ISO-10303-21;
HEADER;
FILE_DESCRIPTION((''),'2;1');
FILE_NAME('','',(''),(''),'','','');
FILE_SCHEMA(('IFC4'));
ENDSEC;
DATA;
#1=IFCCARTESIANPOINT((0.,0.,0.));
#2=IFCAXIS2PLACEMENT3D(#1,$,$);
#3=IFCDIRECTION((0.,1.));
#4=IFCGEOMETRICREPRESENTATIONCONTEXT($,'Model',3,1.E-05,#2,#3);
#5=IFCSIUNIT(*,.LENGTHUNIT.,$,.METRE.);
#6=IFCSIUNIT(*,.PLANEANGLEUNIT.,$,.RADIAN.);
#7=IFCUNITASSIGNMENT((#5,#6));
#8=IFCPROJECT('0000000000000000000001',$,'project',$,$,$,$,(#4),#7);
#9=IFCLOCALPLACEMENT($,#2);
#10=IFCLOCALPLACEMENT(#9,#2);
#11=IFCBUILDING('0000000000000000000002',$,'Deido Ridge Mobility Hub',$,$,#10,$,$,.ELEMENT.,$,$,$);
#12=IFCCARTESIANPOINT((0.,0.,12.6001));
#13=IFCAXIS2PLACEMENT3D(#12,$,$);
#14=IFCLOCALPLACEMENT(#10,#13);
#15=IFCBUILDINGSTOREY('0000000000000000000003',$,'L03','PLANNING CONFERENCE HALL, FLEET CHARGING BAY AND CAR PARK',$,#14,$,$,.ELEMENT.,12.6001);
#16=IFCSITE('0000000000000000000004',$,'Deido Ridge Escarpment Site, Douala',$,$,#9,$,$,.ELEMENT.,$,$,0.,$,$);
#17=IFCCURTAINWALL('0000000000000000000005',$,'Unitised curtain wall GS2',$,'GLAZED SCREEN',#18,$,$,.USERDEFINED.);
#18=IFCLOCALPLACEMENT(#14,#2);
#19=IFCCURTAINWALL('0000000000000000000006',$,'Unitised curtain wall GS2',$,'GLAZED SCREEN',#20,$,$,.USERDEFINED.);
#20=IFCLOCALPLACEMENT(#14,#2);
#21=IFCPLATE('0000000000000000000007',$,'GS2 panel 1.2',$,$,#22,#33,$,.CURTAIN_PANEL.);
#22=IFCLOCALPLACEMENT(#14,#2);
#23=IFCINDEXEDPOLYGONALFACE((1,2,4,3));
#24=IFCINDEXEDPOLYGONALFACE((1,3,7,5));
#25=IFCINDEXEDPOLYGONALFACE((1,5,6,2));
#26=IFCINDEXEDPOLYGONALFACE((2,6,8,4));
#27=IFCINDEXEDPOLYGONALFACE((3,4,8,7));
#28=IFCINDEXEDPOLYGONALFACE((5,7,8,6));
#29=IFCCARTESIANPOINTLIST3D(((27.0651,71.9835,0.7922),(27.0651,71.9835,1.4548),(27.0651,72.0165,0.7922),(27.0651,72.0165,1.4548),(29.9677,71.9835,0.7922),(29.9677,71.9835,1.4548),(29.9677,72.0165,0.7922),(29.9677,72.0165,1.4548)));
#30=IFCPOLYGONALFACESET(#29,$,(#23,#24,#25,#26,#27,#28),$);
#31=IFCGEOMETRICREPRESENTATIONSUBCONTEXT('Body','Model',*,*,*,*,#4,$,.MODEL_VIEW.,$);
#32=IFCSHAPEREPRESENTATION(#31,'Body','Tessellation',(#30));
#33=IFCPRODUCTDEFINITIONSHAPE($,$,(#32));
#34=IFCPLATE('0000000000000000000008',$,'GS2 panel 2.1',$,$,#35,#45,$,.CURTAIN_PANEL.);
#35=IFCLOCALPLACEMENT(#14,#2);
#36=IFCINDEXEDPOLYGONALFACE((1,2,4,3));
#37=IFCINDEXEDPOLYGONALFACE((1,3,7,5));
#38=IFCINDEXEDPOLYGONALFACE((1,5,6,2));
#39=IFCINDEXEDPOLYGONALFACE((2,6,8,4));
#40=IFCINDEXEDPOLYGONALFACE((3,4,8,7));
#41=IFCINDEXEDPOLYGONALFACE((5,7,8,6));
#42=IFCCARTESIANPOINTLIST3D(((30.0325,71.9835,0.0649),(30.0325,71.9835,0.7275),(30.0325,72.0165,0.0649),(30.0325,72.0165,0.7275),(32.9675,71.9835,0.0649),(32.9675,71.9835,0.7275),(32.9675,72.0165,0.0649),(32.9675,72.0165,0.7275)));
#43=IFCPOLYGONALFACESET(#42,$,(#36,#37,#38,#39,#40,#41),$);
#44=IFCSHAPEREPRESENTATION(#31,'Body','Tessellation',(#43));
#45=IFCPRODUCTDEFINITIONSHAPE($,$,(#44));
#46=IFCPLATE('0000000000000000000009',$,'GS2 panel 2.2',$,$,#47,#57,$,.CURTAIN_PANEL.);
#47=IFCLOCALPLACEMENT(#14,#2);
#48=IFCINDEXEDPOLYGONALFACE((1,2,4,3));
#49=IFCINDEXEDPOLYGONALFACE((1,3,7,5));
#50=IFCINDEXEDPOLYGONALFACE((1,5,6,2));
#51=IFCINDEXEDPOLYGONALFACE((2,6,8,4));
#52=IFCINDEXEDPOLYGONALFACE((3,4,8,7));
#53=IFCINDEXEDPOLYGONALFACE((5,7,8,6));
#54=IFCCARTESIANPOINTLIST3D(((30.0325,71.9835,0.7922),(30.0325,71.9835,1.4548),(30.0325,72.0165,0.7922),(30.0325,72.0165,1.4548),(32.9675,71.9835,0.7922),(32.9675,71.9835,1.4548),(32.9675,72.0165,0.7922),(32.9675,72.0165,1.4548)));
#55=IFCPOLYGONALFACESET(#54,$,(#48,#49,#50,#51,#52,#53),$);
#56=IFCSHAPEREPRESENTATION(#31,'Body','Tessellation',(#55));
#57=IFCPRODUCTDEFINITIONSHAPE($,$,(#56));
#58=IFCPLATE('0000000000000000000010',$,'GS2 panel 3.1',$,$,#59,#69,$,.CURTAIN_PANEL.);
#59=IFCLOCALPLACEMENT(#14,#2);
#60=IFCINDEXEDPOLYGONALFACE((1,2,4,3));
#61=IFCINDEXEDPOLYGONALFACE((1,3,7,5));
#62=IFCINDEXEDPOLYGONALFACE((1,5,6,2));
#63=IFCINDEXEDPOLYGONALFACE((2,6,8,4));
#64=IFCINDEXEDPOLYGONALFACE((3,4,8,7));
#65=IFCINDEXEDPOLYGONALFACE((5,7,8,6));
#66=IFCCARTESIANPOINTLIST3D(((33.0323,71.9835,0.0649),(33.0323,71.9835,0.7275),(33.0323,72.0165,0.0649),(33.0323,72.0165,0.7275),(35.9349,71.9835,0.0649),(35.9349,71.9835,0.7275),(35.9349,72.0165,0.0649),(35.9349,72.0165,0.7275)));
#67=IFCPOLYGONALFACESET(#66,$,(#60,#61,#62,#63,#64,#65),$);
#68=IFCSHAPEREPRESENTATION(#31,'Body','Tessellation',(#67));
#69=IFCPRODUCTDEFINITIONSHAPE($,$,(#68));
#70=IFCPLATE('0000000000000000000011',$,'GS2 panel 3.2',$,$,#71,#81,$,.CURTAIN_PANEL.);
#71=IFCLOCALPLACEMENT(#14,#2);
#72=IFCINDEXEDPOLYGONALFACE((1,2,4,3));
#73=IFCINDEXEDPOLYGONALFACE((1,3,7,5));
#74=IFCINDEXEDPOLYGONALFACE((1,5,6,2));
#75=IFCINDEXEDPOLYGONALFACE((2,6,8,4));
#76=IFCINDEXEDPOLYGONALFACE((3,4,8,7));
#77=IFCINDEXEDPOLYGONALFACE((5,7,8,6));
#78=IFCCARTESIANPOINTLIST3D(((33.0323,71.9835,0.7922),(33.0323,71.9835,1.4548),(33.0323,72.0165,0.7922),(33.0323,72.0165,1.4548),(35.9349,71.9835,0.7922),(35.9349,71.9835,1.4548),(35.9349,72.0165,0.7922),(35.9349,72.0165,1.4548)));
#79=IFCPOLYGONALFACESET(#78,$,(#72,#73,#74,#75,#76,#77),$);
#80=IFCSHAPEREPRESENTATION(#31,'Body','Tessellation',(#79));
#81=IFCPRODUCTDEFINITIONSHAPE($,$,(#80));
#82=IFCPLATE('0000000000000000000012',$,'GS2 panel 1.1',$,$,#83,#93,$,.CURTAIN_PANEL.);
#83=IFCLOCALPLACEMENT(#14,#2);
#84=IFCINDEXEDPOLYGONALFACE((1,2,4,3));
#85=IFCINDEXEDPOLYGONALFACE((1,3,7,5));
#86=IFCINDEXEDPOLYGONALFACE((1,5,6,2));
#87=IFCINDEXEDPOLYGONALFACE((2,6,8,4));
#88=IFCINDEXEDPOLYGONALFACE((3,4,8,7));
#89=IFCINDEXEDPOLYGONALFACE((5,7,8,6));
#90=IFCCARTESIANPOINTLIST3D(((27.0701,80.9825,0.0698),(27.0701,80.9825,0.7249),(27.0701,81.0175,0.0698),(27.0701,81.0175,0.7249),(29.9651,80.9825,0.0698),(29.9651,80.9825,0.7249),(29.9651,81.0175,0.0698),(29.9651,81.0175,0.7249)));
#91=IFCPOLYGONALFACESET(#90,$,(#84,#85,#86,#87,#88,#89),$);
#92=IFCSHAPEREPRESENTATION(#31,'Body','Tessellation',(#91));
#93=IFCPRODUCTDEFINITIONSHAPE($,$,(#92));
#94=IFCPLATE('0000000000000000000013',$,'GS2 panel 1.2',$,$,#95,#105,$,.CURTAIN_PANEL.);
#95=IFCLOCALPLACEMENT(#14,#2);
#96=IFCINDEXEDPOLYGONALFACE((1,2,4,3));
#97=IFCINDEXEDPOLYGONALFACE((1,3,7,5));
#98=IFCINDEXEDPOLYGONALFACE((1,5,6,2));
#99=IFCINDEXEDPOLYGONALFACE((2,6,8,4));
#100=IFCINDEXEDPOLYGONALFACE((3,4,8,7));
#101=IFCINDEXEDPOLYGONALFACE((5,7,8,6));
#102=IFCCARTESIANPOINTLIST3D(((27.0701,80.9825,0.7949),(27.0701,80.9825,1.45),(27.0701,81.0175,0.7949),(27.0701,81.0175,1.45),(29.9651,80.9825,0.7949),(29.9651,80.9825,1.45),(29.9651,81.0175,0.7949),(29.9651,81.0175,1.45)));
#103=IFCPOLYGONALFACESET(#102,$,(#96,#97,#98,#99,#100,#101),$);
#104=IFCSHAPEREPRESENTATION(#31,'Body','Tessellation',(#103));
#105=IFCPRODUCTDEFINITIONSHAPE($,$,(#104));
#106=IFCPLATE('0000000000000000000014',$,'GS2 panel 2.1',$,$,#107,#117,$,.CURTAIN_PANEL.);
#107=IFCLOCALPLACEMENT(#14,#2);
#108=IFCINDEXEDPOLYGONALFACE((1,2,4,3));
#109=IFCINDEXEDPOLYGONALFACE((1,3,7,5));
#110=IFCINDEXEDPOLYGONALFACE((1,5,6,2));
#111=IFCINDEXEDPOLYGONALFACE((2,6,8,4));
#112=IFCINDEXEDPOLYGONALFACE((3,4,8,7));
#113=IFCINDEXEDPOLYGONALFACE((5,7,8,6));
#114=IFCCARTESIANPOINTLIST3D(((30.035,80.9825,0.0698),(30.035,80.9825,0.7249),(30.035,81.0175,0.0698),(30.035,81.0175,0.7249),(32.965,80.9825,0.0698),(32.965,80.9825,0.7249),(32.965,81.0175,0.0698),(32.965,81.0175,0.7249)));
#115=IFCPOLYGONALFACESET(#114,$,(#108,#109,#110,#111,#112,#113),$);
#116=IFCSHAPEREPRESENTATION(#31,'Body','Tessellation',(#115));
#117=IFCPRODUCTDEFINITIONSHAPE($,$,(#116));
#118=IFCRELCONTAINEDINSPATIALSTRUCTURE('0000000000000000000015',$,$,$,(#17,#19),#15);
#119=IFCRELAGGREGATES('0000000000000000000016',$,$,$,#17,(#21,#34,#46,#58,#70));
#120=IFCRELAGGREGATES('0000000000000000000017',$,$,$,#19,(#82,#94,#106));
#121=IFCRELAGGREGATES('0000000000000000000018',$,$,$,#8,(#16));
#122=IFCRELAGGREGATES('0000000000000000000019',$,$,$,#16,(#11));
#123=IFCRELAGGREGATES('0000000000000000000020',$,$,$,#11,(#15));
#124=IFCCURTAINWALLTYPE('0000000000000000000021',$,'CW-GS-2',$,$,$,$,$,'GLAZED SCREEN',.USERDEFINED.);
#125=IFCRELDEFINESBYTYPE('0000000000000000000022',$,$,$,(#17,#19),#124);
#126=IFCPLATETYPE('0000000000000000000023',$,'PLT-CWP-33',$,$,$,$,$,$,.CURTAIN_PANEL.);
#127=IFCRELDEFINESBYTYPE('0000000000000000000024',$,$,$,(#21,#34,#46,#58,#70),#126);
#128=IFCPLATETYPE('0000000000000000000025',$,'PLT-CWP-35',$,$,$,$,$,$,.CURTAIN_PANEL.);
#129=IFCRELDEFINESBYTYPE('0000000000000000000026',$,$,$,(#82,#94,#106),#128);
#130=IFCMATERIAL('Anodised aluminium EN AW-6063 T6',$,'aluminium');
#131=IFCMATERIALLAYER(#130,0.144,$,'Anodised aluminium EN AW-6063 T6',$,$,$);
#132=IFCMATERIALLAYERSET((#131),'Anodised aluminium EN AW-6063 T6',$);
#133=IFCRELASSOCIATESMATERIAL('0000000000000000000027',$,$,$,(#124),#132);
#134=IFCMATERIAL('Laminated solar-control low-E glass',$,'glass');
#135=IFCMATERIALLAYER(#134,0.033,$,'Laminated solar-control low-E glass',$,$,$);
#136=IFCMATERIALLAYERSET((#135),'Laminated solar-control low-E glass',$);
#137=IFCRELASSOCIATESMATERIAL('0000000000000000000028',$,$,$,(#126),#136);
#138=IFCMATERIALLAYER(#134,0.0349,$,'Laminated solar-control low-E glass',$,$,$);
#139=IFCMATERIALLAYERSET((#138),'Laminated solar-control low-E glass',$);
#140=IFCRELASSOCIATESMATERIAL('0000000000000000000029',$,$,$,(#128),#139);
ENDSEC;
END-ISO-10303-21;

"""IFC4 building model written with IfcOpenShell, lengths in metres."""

from ifc_helpers import new_model, si_unit, direction, frame, origin, origin_2d, place, context, subcontext, project, spatial, rectangle, extrude, material, layer, layer_set, type_object, element, aggregate, save


model = new_model("IFC4")

# Units and contexts
model_context = context("Model", 3, precision=1e-05, world=origin(), true_north=direction((0.0, 1.0)))
body_context = subcontext(model_context, "Body", "Model", "MODEL_VIEW")
ifc_project = project(units=[si_unit("LENGTHUNIT", "METRE"), si_unit("PLANEANGLEUNIT", "RADIAN")], contexts=[model_context])

# Site, building, storey
site_placement = place(None, origin())
site = spatial("IfcSite", under=ifc_project, at=site_placement, Name="Deido Ridge Escarpment Site, Douala", CompositionType="ELEMENT", RefElevation=0.0)
building_placement = place(site_placement, origin())
building = spatial("IfcBuilding", under=site, at=building_placement, Name="Deido Ridge Mobility Hub", CompositionType="ELEMENT")
storey_placement = place(building_placement, frame((0.0, 0.0, 12.6001)))
storey = spatial("IfcBuildingStorey", under=building, at=storey_placement, Name="L03", Description="PLANNING CONFERENCE HALL, FLEET CHARGING BAY AND CAR PARK", CompositionType="ELEMENT", Elevation=12.6001)

# Curtain walls
ifc_material_1 = material(Name="Anodised aluminium EN AW-6063 T6", Category="aluminium")
ifc_layer_1 = layer(ifc_material_1, 0.144, Name="Anodised aluminium EN AW-6063 T6")
ifc_layer_set_1 = layer_set([ifc_layer_1], Name="Anodised aluminium EN AW-6063 T6")
curtain_wall_type = type_object("IfcCurtainWallType", Name="CW-GS-2", ElementType="GLAZED SCREEN", PredefinedType="USERDEFINED", material=ifc_layer_set_1)
curtain_wall_1_placement = place(storey_placement, origin())
curtain_wall_1 = element("IfcCurtainWall", 1, at=curtain_wall_1_placement, inside=storey, type_object=curtain_wall_type, Name="Unitised curtain wall GS2", ObjectType="GLAZED SCREEN", PredefinedType="USERDEFINED")
curtain_wall_2_placement = place(storey_placement, origin())
curtain_wall_2 = element("IfcCurtainWall", 2, at=curtain_wall_2_placement, inside=storey, type_object=curtain_wall_type, Name="Unitised curtain wall GS2", ObjectType="GLAZED SCREEN", PredefinedType="USERDEFINED")

# Plates
ifc_material_2 = material(Name="Laminated solar-control low-E glass", Category="glass")
ifc_layer_2 = layer(ifc_material_2, 0.033, Name="Laminated solar-control low-E glass")
ifc_layer_set_2 = layer_set([ifc_layer_2], Name="Laminated solar-control low-E glass")
plate_type_1 = type_object("IfcPlateType", Name="PLT-CWP-33", PredefinedType="CURTAIN_PANEL", material=ifc_layer_set_2)
plate_1_placement = place(storey_placement, frame((28.5164, 72.0, 0.7922), z_axis=(0.0, 0.0, 1.0), x_axis=(1.0, 0.0, 0.0)))
plate_1 = element("IfcPlate", 3, at=plate_1_placement, type_object=plate_type_1, Name="GS2 panel 1.2", PredefinedType="CURTAIN_PANEL", context=body_context, shape_type="SweptSolid", body=[
    extrude(rectangle(XDim=2.9026, YDim=0.033, at=origin_2d()), origin(), (0.0, 0.0, 1.0), 0.6626),
])
plate_2_placement = place(storey_placement, frame((31.5, 72.0, 0.0649), z_axis=(0.0, 0.0, 1.0), x_axis=(1.0, 0.0, 0.0)))
plate_2 = element("IfcPlate", 4, at=plate_2_placement, type_object=plate_type_1, Name="GS2 panel 2.1", PredefinedType="CURTAIN_PANEL", context=body_context, shape_type="SweptSolid", body=[
    extrude(rectangle(XDim=2.9351, YDim=0.033, at=origin_2d()), origin(), (0.0, 0.0, 1.0), 0.6626),
])
plate_3_placement = place(storey_placement, frame((31.5, 72.0, 0.7922), z_axis=(0.0, 0.0, 1.0), x_axis=(1.0, 0.0, 0.0)))
plate_3 = element("IfcPlate", 5, at=plate_3_placement, type_object=plate_type_1, Name="GS2 panel 2.2", PredefinedType="CURTAIN_PANEL", context=body_context, shape_type="SweptSolid", body=[
    extrude(rectangle(XDim=2.9351, YDim=0.033, at=origin_2d()), origin(), (0.0, 0.0, 1.0), 0.6626),
])
plate_4_placement = place(storey_placement, frame((34.4836, 72.0, 0.0649), z_axis=(0.0, 0.0, 1.0), x_axis=(1.0, 0.0, 0.0)))
plate_4 = element("IfcPlate", 6, at=plate_4_placement, type_object=plate_type_1, Name="GS2 panel 3.1", PredefinedType="CURTAIN_PANEL", context=body_context, shape_type="SweptSolid", body=[
    extrude(rectangle(XDim=2.9026, YDim=0.033, at=origin_2d()), origin(), (0.0, 0.0, 1.0), 0.6626),
])
plate_5_placement = place(storey_placement, frame((34.4836, 72.0, 0.7922), z_axis=(0.0, 0.0, 1.0), x_axis=(1.0, 0.0, 0.0)))
plate_5 = element("IfcPlate", 7, at=plate_5_placement, type_object=plate_type_1, Name="GS2 panel 3.2", PredefinedType="CURTAIN_PANEL", context=body_context, shape_type="SweptSolid", body=[
    extrude(rectangle(XDim=2.9026, YDim=0.033, at=origin_2d()), origin(), (0.0, 0.0, 1.0), 0.6626),
])
aggregate(curtain_wall_1, [plate_1, plate_2, plate_3, plate_4, plate_5])
ifc_layer_3 = layer(ifc_material_2, 0.0349, Name="Laminated solar-control low-E glass")
ifc_layer_set_3 = layer_set([ifc_layer_3], Name="Laminated solar-control low-E glass")
plate_type_2 = type_object("IfcPlateType", Name="PLT-CWP-35", PredefinedType="CURTAIN_PANEL", material=ifc_layer_set_3)
plate_6_placement = place(storey_placement, frame((28.5176, 81.0, 0.0698), z_axis=(0.0, 0.0, 1.0), x_axis=(1.0, 0.0, 0.0)))
plate_6 = element("IfcPlate", 8, at=plate_6_placement, type_object=plate_type_2, Name="GS2 panel 1.1", PredefinedType="CURTAIN_PANEL", context=body_context, shape_type="SweptSolid", body=[
    extrude(rectangle(XDim=2.895, YDim=0.0349, at=origin_2d()), origin(), (0.0, 0.0, 1.0), 0.655),
])
plate_7_placement = place(storey_placement, frame((28.5176, 81.0, 0.7949), z_axis=(0.0, 0.0, 1.0), x_axis=(1.0, 0.0, 0.0)))
plate_7 = element("IfcPlate", 9, at=plate_7_placement, type_object=plate_type_2, Name="GS2 panel 1.2", PredefinedType="CURTAIN_PANEL", context=body_context, shape_type="SweptSolid", body=[
    extrude(rectangle(XDim=2.895, YDim=0.0349, at=origin_2d()), origin(), (0.0, 0.0, 1.0), 0.655),
])
plate_8_placement = place(storey_placement, frame((31.5, 81.0, 0.0698), z_axis=(0.0, 0.0, 1.0), x_axis=(1.0, 0.0, 0.0)))
plate_8 = element("IfcPlate", 10, at=plate_8_placement, type_object=plate_type_2, Name="GS2 panel 2.1", PredefinedType="CURTAIN_PANEL", context=body_context, shape_type="SweptSolid", body=[
    extrude(rectangle(XDim=2.9299, YDim=0.0349, at=origin_2d()), origin(), (0.0, 0.0, 1.0), 0.655),
])
aggregate(curtain_wall_2, [plate_6, plate_7, plate_8])

save(model, "model.ifc")
